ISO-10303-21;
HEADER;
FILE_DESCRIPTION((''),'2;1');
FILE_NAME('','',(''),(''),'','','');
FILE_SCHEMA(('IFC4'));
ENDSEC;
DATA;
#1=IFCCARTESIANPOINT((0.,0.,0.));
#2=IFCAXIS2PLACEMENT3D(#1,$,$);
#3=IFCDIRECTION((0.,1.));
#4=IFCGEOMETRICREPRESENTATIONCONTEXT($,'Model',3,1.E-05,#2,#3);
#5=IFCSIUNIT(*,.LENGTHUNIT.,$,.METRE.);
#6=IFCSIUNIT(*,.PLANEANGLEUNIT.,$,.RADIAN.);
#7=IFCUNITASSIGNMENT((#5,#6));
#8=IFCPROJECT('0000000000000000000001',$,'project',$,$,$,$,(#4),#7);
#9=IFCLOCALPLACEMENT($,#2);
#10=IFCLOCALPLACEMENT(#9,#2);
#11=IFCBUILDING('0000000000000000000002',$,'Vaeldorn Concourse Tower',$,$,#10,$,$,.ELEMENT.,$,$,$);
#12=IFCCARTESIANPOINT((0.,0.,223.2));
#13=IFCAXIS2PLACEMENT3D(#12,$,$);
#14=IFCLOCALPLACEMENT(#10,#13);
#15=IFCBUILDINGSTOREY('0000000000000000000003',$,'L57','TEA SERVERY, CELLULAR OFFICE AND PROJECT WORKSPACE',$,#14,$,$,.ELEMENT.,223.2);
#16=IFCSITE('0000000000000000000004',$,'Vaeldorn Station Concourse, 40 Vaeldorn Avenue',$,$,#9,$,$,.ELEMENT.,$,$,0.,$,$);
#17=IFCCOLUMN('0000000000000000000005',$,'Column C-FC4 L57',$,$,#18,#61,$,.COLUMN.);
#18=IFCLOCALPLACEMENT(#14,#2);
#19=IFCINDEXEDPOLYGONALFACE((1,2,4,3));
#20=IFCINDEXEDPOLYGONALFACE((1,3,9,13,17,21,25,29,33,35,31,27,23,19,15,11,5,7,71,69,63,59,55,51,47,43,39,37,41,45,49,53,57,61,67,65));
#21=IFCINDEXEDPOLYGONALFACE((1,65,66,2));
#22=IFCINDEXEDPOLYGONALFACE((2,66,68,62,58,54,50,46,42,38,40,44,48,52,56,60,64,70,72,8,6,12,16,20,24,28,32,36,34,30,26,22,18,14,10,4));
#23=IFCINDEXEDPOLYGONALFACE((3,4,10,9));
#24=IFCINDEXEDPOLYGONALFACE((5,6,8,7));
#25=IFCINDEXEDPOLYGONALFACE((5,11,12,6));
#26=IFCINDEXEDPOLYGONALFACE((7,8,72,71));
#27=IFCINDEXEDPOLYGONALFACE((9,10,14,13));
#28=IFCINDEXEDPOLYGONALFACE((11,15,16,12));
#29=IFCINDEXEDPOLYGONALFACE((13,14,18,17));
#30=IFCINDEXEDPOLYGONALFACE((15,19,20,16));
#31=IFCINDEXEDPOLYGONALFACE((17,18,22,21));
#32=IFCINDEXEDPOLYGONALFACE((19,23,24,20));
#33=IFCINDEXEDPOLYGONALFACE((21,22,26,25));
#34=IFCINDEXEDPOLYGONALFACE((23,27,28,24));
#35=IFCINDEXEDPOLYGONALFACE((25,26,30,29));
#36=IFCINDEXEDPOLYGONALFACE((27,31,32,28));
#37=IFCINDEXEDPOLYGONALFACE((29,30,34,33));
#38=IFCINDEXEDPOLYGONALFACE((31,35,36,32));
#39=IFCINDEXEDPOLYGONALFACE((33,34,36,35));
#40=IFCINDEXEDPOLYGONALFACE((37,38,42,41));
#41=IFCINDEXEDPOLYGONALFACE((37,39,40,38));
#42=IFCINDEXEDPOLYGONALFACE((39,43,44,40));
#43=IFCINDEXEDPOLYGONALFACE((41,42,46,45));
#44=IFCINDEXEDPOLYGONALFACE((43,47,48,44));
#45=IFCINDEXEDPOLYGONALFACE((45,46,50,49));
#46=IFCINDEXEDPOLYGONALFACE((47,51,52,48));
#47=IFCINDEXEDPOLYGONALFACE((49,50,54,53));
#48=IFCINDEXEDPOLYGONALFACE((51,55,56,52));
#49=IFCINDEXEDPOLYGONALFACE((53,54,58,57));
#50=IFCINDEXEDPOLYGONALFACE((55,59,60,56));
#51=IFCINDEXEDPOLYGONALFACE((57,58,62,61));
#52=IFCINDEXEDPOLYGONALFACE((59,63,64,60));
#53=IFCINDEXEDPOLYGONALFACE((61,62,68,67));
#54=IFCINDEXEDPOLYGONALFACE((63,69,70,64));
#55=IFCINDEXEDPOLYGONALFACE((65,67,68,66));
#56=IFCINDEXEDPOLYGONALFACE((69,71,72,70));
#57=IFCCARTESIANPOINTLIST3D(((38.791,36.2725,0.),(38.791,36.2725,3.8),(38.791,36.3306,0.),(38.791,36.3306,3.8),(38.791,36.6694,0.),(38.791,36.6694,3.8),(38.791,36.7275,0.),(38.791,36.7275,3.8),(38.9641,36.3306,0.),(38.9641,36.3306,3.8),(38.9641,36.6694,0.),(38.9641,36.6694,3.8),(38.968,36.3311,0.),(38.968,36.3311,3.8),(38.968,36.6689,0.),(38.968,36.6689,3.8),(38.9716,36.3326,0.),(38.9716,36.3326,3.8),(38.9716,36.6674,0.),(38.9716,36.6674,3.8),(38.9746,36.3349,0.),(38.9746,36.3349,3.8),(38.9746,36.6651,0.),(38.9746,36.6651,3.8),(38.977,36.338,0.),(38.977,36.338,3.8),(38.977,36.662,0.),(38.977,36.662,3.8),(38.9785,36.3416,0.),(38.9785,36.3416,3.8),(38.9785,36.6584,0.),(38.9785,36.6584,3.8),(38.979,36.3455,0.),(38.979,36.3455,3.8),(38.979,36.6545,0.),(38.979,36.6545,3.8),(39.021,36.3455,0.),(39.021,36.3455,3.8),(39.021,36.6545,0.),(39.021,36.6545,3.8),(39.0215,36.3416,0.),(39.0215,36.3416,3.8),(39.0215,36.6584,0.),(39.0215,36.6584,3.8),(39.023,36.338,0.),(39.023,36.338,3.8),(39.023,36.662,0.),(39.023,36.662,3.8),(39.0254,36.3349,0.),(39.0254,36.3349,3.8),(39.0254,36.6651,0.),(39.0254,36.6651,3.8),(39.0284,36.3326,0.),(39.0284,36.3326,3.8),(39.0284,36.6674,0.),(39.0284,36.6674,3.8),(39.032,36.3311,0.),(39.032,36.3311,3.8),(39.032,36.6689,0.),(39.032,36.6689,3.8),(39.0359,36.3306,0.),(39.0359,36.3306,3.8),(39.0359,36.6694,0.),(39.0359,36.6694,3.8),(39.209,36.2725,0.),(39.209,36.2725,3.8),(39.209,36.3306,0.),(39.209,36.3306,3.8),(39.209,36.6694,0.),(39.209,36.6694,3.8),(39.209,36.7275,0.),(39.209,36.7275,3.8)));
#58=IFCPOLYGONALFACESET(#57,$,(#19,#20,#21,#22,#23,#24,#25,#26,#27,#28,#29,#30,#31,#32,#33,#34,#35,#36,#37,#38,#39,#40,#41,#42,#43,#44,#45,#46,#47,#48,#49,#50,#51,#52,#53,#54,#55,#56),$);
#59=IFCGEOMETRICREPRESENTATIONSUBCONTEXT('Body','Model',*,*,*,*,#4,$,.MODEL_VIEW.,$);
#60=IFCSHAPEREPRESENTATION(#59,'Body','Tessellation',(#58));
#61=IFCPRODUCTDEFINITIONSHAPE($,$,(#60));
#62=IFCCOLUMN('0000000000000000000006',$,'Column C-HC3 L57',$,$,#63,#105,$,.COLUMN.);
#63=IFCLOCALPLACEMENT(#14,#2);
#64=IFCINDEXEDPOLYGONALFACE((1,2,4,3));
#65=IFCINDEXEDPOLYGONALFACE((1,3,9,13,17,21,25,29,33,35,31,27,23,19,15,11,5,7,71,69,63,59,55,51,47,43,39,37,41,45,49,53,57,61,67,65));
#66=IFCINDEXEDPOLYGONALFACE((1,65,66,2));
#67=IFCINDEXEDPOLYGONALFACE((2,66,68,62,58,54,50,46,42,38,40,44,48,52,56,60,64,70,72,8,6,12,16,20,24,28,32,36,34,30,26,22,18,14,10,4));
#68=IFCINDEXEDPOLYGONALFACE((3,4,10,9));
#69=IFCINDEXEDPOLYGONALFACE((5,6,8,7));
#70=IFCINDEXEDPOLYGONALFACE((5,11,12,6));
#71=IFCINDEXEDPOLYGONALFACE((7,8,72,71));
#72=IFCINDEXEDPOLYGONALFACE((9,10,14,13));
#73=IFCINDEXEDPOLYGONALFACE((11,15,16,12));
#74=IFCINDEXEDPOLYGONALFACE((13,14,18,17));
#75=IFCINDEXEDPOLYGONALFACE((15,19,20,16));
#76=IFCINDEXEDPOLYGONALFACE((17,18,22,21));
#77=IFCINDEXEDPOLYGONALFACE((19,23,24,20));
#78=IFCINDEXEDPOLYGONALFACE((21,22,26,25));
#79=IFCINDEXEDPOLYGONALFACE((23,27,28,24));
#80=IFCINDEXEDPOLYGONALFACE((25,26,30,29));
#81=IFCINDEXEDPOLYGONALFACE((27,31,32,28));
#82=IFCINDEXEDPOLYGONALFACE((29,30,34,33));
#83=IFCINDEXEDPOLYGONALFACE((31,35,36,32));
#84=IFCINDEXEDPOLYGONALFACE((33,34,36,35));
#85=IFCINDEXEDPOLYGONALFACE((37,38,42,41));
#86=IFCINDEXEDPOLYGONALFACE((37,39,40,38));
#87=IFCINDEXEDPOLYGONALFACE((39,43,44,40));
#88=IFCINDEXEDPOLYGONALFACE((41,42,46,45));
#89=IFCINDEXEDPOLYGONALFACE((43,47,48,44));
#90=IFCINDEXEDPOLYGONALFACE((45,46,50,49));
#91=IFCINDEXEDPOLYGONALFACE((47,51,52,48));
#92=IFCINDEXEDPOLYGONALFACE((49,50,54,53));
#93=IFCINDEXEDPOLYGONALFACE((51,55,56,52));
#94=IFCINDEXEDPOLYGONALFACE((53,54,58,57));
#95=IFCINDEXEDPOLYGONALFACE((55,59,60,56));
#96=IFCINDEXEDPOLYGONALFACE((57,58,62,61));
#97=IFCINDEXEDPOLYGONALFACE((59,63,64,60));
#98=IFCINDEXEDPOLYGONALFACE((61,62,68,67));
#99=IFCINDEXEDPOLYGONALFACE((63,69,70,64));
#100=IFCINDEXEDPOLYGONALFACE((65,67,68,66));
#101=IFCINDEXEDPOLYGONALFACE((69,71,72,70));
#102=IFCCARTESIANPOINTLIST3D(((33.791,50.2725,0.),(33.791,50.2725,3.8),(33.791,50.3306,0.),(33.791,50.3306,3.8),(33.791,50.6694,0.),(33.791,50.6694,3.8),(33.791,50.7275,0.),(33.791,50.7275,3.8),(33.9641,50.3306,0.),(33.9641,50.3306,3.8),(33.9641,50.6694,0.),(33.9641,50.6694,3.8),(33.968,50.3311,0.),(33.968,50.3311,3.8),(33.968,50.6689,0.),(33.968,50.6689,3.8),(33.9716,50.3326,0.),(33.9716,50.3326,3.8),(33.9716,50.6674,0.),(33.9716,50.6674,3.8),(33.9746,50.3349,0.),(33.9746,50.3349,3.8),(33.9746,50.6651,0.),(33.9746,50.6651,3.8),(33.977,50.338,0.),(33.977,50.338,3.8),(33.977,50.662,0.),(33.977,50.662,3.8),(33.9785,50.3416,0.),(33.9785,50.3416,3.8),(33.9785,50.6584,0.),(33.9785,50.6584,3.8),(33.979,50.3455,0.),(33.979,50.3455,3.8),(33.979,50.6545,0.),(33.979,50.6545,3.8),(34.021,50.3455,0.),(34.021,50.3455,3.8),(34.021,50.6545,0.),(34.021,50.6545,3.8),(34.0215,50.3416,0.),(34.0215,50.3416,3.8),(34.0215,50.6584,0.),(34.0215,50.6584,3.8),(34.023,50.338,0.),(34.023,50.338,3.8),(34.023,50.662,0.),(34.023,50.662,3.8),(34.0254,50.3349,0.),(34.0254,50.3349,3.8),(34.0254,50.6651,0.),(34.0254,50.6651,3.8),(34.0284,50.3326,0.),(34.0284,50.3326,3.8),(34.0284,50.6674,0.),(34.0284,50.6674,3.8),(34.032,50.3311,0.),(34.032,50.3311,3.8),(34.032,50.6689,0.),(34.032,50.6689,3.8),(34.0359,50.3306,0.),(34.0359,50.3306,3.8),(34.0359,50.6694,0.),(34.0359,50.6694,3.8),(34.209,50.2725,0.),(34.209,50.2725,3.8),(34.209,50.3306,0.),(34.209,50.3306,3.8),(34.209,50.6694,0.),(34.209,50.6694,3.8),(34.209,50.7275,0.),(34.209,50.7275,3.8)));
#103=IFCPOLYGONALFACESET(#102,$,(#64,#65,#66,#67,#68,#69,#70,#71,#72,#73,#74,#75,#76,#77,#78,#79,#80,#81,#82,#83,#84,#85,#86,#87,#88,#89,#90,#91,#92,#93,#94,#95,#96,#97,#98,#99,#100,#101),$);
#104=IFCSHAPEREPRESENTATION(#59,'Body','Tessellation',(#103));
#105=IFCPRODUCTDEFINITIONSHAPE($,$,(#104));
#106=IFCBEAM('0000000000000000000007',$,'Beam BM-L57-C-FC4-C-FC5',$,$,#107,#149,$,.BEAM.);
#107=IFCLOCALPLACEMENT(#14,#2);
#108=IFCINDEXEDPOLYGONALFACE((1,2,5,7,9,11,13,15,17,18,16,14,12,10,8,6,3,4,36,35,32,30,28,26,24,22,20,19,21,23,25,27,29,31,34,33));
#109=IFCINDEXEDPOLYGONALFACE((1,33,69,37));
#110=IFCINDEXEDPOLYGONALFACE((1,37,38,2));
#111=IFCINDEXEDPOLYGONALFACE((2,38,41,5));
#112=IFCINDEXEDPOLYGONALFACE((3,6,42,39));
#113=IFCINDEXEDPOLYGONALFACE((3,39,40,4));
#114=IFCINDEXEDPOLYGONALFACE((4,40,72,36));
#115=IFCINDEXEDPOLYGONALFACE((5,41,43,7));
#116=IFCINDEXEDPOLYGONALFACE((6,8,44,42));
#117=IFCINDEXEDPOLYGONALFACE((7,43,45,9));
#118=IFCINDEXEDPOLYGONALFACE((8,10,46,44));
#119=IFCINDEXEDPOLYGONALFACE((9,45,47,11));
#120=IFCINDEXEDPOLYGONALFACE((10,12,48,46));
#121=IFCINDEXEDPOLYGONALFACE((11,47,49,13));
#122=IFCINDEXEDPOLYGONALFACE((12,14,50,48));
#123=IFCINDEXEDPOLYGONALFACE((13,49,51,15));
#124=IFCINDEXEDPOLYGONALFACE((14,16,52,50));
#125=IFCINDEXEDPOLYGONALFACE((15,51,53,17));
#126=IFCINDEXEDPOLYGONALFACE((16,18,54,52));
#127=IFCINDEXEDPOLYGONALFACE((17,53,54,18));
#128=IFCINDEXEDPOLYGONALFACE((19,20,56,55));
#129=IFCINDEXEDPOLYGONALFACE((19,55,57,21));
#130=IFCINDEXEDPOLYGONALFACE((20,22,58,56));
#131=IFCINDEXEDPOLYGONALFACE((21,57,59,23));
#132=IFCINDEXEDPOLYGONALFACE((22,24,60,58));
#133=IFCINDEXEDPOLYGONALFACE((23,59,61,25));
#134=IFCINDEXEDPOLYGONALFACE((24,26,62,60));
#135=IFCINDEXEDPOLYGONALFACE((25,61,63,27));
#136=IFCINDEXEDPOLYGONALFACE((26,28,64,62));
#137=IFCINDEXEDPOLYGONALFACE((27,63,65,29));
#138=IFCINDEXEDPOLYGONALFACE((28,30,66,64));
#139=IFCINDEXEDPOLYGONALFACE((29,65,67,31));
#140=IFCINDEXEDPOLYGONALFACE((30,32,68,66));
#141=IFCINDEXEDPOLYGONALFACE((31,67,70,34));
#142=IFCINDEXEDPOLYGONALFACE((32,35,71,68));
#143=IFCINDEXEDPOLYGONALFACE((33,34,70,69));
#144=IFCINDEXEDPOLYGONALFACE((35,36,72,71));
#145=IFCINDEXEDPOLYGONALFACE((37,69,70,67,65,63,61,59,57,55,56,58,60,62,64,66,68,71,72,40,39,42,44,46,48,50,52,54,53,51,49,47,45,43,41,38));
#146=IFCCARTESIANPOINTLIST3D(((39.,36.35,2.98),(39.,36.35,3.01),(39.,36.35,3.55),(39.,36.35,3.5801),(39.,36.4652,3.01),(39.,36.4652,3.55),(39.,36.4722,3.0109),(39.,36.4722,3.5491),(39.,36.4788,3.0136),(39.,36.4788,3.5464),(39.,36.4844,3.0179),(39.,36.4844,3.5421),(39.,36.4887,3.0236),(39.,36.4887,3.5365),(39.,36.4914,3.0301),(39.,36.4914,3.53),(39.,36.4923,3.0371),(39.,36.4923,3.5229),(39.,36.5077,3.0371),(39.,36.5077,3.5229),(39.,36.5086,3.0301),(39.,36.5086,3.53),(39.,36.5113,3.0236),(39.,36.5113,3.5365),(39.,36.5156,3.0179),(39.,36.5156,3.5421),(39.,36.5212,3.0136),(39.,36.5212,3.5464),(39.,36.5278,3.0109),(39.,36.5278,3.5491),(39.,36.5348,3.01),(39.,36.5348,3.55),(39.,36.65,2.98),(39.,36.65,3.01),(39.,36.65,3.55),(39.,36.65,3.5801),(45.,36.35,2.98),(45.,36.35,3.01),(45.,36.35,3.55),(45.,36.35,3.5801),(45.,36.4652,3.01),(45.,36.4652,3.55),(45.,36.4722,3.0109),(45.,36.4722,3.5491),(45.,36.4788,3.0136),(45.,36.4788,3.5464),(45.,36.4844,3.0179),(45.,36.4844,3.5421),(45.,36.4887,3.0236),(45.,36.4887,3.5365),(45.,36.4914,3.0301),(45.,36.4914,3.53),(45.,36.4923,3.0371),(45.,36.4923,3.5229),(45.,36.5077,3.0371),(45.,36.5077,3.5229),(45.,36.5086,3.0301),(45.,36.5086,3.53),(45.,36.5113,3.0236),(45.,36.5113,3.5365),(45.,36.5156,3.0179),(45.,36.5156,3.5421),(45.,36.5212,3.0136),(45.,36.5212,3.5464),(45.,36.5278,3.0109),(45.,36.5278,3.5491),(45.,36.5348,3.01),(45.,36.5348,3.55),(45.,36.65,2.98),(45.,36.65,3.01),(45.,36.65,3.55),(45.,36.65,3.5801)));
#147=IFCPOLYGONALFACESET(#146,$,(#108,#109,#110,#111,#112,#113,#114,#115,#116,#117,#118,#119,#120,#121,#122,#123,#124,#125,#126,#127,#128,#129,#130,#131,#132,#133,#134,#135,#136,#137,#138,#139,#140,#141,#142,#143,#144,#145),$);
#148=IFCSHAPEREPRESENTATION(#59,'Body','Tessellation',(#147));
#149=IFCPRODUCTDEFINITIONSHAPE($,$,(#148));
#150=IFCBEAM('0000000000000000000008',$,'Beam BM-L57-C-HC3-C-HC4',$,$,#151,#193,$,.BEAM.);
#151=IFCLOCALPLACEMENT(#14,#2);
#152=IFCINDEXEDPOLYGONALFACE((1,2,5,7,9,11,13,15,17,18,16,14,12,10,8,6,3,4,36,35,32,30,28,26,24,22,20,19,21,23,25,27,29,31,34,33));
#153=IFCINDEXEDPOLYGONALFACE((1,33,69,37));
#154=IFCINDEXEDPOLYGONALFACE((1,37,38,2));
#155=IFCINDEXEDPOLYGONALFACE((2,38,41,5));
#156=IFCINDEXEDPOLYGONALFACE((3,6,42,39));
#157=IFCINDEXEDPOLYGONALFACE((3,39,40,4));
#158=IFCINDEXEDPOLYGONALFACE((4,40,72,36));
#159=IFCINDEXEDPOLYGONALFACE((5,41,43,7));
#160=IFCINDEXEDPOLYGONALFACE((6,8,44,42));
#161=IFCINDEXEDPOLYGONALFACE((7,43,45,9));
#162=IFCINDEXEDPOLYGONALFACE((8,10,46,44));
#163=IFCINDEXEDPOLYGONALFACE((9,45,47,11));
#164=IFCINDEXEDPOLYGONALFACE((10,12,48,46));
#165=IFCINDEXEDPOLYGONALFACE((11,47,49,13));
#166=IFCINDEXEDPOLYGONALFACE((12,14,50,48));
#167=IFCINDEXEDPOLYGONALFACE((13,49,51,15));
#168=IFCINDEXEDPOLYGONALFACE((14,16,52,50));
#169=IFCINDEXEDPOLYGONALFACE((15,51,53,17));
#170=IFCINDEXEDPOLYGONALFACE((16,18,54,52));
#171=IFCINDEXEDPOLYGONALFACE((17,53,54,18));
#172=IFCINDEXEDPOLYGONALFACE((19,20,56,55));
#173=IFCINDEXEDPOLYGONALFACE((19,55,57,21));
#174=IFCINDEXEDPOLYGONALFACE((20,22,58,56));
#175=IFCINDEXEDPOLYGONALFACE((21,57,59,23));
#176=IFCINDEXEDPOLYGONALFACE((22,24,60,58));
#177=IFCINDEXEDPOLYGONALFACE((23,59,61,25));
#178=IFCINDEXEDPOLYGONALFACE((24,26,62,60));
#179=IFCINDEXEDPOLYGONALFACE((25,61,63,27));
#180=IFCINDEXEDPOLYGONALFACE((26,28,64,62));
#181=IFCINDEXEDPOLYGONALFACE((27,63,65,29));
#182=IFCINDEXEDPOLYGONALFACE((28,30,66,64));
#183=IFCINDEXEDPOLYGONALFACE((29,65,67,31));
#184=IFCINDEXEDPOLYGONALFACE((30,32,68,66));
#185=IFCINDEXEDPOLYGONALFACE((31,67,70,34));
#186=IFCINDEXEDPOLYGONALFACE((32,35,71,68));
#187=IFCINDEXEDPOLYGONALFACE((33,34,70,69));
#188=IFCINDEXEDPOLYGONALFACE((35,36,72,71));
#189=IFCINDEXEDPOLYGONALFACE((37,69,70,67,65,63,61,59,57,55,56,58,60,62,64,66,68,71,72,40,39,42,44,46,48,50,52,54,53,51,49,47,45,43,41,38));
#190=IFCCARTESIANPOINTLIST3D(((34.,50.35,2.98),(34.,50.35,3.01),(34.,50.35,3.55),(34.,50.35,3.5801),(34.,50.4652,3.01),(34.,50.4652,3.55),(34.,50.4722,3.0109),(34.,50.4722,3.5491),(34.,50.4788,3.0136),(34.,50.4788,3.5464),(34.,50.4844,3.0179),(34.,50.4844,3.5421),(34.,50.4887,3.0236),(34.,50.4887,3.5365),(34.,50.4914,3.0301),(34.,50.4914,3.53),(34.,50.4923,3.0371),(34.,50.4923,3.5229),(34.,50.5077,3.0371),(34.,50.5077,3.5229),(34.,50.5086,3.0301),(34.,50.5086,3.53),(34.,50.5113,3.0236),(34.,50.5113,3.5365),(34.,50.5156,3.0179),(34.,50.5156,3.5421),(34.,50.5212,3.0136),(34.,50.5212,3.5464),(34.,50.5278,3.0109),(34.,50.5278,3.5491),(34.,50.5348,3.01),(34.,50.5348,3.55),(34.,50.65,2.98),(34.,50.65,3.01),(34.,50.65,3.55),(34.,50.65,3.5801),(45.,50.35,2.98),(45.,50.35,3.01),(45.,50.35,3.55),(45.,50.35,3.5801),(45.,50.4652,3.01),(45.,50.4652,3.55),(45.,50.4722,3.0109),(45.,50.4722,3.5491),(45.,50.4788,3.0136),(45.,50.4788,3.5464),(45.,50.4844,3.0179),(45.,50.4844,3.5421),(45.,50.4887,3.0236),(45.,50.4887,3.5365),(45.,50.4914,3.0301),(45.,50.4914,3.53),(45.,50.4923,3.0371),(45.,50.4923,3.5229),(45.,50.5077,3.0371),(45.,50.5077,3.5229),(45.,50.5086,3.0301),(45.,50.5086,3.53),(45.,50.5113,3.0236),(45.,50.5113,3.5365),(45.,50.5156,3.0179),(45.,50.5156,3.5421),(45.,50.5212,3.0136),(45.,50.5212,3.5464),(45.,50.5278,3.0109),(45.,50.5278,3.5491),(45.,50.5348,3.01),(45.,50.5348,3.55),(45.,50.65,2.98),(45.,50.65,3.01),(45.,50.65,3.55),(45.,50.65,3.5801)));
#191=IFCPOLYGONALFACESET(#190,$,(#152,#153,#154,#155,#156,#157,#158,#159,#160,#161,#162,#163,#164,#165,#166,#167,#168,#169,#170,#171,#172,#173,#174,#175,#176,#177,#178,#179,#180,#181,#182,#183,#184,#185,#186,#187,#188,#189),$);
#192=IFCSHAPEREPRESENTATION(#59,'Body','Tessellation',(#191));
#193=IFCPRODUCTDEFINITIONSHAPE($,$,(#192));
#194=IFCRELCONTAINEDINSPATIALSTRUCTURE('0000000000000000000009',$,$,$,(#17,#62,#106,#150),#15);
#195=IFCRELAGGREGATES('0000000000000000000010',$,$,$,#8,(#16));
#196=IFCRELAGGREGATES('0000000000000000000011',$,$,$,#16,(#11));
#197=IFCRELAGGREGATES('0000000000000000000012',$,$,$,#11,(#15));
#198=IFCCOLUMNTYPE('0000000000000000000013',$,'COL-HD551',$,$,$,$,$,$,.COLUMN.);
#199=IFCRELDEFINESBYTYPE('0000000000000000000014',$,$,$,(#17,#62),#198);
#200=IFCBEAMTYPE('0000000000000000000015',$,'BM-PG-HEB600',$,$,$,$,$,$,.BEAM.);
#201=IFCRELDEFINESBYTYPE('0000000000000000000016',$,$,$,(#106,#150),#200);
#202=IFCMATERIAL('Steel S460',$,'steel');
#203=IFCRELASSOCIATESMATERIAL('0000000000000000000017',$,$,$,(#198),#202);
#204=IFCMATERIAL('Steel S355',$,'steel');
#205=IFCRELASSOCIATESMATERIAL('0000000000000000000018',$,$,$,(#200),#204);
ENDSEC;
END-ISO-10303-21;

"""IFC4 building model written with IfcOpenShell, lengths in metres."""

from ifc_helpers import new_model, si_unit, direction, frame, origin, origin_2d, place, context, subcontext, project, spatial, i_section, extrude, source, transform, mapped, material, material_profile, profile_set, type_object, element, save


model = new_model("IFC4")

# Units and contexts
model_context = context("Model", 3, precision=1e-05, world=origin(), true_north=direction((0.0, 1.0)))
body_context = subcontext(model_context, "Body", "Model", "MODEL_VIEW")
ifc_project = project(units=[si_unit("LENGTHUNIT", "METRE"), si_unit("PLANEANGLEUNIT", "RADIAN")], contexts=[model_context])

# Site, building, storey
site_placement = place(None, origin())
site = spatial("IfcSite", under=ifc_project, at=site_placement, Name="Vaeldorn Station Concourse, 40 Vaeldorn Avenue", CompositionType="ELEMENT", RefElevation=0.0)
building_placement = place(site_placement, origin())
building = spatial("IfcBuilding", under=site, at=building_placement, Name="Vaeldorn Concourse Tower", CompositionType="ELEMENT")
storey_placement = place(building_placement, frame((0.0, 0.0, 223.2)))
storey = spatial("IfcBuildingStorey", under=building, at=storey_placement, Name="L57", Description="TEA SERVERY, CELLULAR OFFICE AND PROJECT WORKSPACE", CompositionType="ELEMENT", Elevation=223.2)

# Columns
ifc_material_1 = material(Name="Steel S460", Category="steel")
ifc_material_profile_1 = material_profile(ifc_material_1, i_section(OverallWidth=0.418, OverallDepth=0.4551, WebThickness=0.042, FlangeThickness=0.0581, FilletRadius=0.0149, at=origin_2d()), Name="HD 400x551")
ifc_profile_set_1 = profile_set([ifc_material_profile_1], Name="Steel S460")
column_type = type_object("IfcColumnType", Name="COL-HD551", PredefinedType="COLUMN", material=ifc_profile_set_1)
shared_shape_1 = source(origin(), body_context, "Body", "SweptSolid", [
    extrude(i_section(OverallWidth=0.418, OverallDepth=0.4551, WebThickness=0.042, FlangeThickness=0.0581, FilletRadius=0.0149, at=origin_2d()), origin(), (0.0, 0.0, 1.0), 3.8),
])
for number, where, z_axis, x_axis, name in (
    (1, (39.0, 36.5, 0.0), (0.0, 0.0, 1.0), (1.0, 0.0, 0.0), "Column C-FC4 L57"),
    (2, (34.0, 50.5, 0.0), (0.0, 0.0, 1.0), (1.0, 0.0, 0.0), "Column C-HC3 L57"),
):
    element("IfcColumn", number, at=place(storey_placement, frame(where, z_axis=z_axis, x_axis=x_axis)), inside=storey, type_object=column_type, Name=name, PredefinedType="COLUMN", context=body_context, shape_type="MappedRepresentation", body=[
        mapped(shared_shape_1, transform((0.0, 0.0, 0.0), scale=1.0)),
    ])

# Beams
ifc_material_2 = material(Name="Steel S355", Category="steel")
ifc_material_profile_2 = material_profile(ifc_material_2, i_section(OverallWidth=0.3, OverallDepth=0.6001, WebThickness=0.0154, FlangeThickness=0.03, FilletRadius=0.0271, at=origin_2d()), Name="HEB 600")
ifc_profile_set_2 = profile_set([ifc_material_profile_2], Name="Steel S355")
beam_type = type_object("IfcBeamType", Name="BM-PG-HEB600", PredefinedType="BEAM", material=ifc_profile_set_2)
shared_shape_2 = source(origin(), body_context, "Body", "SweptSolid", [
    extrude(i_section(OverallWidth=0.3, OverallDepth=0.6001, WebThickness=0.0154, FlangeThickness=0.03, FilletRadius=0.0271, at=origin_2d()), origin(), (0.0, 0.0, 1.0), 6.0),
])
beam_1_placement = place(storey_placement, frame((39.0, 36.5, 3.28), z_axis=(1.0, 0.0, 0.0), x_axis=(0.0, 1.0, 0.0)))
element("IfcBeam", 3, at=beam_1_placement, inside=storey, type_object=beam_type, Name="Beam BM-L57-C-FC4-C-FC5", PredefinedType="BEAM", context=body_context, shape_type="MappedRepresentation", body=[
    mapped(shared_shape_2, transform((0.0, 0.0, 0.0), scale=1.0)),
])
shared_shape_3 = source(origin(), body_context, "Body", "SweptSolid", [
    extrude(i_section(OverallWidth=0.3, OverallDepth=0.6001, WebThickness=0.0154, FlangeThickness=0.03, FilletRadius=0.0271, at=origin_2d()), origin(), (0.0, 0.0, 1.0), 11.0),
])
beam_2_placement = place(storey_placement, frame((34.0, 50.5, 3.28), z_axis=(1.0, 0.0, 0.0), x_axis=(0.0, 1.0, 0.0)))
element("IfcBeam", 4, at=beam_2_placement, inside=storey, type_object=beam_type, Name="Beam BM-L57-C-HC3-C-HC4", PredefinedType="BEAM", context=body_context, shape_type="MappedRepresentation", body=[
    mapped(shared_shape_3, transform((0.0, 0.0, 0.0), scale=1.0)),
])

save(model, "model.ifc")
